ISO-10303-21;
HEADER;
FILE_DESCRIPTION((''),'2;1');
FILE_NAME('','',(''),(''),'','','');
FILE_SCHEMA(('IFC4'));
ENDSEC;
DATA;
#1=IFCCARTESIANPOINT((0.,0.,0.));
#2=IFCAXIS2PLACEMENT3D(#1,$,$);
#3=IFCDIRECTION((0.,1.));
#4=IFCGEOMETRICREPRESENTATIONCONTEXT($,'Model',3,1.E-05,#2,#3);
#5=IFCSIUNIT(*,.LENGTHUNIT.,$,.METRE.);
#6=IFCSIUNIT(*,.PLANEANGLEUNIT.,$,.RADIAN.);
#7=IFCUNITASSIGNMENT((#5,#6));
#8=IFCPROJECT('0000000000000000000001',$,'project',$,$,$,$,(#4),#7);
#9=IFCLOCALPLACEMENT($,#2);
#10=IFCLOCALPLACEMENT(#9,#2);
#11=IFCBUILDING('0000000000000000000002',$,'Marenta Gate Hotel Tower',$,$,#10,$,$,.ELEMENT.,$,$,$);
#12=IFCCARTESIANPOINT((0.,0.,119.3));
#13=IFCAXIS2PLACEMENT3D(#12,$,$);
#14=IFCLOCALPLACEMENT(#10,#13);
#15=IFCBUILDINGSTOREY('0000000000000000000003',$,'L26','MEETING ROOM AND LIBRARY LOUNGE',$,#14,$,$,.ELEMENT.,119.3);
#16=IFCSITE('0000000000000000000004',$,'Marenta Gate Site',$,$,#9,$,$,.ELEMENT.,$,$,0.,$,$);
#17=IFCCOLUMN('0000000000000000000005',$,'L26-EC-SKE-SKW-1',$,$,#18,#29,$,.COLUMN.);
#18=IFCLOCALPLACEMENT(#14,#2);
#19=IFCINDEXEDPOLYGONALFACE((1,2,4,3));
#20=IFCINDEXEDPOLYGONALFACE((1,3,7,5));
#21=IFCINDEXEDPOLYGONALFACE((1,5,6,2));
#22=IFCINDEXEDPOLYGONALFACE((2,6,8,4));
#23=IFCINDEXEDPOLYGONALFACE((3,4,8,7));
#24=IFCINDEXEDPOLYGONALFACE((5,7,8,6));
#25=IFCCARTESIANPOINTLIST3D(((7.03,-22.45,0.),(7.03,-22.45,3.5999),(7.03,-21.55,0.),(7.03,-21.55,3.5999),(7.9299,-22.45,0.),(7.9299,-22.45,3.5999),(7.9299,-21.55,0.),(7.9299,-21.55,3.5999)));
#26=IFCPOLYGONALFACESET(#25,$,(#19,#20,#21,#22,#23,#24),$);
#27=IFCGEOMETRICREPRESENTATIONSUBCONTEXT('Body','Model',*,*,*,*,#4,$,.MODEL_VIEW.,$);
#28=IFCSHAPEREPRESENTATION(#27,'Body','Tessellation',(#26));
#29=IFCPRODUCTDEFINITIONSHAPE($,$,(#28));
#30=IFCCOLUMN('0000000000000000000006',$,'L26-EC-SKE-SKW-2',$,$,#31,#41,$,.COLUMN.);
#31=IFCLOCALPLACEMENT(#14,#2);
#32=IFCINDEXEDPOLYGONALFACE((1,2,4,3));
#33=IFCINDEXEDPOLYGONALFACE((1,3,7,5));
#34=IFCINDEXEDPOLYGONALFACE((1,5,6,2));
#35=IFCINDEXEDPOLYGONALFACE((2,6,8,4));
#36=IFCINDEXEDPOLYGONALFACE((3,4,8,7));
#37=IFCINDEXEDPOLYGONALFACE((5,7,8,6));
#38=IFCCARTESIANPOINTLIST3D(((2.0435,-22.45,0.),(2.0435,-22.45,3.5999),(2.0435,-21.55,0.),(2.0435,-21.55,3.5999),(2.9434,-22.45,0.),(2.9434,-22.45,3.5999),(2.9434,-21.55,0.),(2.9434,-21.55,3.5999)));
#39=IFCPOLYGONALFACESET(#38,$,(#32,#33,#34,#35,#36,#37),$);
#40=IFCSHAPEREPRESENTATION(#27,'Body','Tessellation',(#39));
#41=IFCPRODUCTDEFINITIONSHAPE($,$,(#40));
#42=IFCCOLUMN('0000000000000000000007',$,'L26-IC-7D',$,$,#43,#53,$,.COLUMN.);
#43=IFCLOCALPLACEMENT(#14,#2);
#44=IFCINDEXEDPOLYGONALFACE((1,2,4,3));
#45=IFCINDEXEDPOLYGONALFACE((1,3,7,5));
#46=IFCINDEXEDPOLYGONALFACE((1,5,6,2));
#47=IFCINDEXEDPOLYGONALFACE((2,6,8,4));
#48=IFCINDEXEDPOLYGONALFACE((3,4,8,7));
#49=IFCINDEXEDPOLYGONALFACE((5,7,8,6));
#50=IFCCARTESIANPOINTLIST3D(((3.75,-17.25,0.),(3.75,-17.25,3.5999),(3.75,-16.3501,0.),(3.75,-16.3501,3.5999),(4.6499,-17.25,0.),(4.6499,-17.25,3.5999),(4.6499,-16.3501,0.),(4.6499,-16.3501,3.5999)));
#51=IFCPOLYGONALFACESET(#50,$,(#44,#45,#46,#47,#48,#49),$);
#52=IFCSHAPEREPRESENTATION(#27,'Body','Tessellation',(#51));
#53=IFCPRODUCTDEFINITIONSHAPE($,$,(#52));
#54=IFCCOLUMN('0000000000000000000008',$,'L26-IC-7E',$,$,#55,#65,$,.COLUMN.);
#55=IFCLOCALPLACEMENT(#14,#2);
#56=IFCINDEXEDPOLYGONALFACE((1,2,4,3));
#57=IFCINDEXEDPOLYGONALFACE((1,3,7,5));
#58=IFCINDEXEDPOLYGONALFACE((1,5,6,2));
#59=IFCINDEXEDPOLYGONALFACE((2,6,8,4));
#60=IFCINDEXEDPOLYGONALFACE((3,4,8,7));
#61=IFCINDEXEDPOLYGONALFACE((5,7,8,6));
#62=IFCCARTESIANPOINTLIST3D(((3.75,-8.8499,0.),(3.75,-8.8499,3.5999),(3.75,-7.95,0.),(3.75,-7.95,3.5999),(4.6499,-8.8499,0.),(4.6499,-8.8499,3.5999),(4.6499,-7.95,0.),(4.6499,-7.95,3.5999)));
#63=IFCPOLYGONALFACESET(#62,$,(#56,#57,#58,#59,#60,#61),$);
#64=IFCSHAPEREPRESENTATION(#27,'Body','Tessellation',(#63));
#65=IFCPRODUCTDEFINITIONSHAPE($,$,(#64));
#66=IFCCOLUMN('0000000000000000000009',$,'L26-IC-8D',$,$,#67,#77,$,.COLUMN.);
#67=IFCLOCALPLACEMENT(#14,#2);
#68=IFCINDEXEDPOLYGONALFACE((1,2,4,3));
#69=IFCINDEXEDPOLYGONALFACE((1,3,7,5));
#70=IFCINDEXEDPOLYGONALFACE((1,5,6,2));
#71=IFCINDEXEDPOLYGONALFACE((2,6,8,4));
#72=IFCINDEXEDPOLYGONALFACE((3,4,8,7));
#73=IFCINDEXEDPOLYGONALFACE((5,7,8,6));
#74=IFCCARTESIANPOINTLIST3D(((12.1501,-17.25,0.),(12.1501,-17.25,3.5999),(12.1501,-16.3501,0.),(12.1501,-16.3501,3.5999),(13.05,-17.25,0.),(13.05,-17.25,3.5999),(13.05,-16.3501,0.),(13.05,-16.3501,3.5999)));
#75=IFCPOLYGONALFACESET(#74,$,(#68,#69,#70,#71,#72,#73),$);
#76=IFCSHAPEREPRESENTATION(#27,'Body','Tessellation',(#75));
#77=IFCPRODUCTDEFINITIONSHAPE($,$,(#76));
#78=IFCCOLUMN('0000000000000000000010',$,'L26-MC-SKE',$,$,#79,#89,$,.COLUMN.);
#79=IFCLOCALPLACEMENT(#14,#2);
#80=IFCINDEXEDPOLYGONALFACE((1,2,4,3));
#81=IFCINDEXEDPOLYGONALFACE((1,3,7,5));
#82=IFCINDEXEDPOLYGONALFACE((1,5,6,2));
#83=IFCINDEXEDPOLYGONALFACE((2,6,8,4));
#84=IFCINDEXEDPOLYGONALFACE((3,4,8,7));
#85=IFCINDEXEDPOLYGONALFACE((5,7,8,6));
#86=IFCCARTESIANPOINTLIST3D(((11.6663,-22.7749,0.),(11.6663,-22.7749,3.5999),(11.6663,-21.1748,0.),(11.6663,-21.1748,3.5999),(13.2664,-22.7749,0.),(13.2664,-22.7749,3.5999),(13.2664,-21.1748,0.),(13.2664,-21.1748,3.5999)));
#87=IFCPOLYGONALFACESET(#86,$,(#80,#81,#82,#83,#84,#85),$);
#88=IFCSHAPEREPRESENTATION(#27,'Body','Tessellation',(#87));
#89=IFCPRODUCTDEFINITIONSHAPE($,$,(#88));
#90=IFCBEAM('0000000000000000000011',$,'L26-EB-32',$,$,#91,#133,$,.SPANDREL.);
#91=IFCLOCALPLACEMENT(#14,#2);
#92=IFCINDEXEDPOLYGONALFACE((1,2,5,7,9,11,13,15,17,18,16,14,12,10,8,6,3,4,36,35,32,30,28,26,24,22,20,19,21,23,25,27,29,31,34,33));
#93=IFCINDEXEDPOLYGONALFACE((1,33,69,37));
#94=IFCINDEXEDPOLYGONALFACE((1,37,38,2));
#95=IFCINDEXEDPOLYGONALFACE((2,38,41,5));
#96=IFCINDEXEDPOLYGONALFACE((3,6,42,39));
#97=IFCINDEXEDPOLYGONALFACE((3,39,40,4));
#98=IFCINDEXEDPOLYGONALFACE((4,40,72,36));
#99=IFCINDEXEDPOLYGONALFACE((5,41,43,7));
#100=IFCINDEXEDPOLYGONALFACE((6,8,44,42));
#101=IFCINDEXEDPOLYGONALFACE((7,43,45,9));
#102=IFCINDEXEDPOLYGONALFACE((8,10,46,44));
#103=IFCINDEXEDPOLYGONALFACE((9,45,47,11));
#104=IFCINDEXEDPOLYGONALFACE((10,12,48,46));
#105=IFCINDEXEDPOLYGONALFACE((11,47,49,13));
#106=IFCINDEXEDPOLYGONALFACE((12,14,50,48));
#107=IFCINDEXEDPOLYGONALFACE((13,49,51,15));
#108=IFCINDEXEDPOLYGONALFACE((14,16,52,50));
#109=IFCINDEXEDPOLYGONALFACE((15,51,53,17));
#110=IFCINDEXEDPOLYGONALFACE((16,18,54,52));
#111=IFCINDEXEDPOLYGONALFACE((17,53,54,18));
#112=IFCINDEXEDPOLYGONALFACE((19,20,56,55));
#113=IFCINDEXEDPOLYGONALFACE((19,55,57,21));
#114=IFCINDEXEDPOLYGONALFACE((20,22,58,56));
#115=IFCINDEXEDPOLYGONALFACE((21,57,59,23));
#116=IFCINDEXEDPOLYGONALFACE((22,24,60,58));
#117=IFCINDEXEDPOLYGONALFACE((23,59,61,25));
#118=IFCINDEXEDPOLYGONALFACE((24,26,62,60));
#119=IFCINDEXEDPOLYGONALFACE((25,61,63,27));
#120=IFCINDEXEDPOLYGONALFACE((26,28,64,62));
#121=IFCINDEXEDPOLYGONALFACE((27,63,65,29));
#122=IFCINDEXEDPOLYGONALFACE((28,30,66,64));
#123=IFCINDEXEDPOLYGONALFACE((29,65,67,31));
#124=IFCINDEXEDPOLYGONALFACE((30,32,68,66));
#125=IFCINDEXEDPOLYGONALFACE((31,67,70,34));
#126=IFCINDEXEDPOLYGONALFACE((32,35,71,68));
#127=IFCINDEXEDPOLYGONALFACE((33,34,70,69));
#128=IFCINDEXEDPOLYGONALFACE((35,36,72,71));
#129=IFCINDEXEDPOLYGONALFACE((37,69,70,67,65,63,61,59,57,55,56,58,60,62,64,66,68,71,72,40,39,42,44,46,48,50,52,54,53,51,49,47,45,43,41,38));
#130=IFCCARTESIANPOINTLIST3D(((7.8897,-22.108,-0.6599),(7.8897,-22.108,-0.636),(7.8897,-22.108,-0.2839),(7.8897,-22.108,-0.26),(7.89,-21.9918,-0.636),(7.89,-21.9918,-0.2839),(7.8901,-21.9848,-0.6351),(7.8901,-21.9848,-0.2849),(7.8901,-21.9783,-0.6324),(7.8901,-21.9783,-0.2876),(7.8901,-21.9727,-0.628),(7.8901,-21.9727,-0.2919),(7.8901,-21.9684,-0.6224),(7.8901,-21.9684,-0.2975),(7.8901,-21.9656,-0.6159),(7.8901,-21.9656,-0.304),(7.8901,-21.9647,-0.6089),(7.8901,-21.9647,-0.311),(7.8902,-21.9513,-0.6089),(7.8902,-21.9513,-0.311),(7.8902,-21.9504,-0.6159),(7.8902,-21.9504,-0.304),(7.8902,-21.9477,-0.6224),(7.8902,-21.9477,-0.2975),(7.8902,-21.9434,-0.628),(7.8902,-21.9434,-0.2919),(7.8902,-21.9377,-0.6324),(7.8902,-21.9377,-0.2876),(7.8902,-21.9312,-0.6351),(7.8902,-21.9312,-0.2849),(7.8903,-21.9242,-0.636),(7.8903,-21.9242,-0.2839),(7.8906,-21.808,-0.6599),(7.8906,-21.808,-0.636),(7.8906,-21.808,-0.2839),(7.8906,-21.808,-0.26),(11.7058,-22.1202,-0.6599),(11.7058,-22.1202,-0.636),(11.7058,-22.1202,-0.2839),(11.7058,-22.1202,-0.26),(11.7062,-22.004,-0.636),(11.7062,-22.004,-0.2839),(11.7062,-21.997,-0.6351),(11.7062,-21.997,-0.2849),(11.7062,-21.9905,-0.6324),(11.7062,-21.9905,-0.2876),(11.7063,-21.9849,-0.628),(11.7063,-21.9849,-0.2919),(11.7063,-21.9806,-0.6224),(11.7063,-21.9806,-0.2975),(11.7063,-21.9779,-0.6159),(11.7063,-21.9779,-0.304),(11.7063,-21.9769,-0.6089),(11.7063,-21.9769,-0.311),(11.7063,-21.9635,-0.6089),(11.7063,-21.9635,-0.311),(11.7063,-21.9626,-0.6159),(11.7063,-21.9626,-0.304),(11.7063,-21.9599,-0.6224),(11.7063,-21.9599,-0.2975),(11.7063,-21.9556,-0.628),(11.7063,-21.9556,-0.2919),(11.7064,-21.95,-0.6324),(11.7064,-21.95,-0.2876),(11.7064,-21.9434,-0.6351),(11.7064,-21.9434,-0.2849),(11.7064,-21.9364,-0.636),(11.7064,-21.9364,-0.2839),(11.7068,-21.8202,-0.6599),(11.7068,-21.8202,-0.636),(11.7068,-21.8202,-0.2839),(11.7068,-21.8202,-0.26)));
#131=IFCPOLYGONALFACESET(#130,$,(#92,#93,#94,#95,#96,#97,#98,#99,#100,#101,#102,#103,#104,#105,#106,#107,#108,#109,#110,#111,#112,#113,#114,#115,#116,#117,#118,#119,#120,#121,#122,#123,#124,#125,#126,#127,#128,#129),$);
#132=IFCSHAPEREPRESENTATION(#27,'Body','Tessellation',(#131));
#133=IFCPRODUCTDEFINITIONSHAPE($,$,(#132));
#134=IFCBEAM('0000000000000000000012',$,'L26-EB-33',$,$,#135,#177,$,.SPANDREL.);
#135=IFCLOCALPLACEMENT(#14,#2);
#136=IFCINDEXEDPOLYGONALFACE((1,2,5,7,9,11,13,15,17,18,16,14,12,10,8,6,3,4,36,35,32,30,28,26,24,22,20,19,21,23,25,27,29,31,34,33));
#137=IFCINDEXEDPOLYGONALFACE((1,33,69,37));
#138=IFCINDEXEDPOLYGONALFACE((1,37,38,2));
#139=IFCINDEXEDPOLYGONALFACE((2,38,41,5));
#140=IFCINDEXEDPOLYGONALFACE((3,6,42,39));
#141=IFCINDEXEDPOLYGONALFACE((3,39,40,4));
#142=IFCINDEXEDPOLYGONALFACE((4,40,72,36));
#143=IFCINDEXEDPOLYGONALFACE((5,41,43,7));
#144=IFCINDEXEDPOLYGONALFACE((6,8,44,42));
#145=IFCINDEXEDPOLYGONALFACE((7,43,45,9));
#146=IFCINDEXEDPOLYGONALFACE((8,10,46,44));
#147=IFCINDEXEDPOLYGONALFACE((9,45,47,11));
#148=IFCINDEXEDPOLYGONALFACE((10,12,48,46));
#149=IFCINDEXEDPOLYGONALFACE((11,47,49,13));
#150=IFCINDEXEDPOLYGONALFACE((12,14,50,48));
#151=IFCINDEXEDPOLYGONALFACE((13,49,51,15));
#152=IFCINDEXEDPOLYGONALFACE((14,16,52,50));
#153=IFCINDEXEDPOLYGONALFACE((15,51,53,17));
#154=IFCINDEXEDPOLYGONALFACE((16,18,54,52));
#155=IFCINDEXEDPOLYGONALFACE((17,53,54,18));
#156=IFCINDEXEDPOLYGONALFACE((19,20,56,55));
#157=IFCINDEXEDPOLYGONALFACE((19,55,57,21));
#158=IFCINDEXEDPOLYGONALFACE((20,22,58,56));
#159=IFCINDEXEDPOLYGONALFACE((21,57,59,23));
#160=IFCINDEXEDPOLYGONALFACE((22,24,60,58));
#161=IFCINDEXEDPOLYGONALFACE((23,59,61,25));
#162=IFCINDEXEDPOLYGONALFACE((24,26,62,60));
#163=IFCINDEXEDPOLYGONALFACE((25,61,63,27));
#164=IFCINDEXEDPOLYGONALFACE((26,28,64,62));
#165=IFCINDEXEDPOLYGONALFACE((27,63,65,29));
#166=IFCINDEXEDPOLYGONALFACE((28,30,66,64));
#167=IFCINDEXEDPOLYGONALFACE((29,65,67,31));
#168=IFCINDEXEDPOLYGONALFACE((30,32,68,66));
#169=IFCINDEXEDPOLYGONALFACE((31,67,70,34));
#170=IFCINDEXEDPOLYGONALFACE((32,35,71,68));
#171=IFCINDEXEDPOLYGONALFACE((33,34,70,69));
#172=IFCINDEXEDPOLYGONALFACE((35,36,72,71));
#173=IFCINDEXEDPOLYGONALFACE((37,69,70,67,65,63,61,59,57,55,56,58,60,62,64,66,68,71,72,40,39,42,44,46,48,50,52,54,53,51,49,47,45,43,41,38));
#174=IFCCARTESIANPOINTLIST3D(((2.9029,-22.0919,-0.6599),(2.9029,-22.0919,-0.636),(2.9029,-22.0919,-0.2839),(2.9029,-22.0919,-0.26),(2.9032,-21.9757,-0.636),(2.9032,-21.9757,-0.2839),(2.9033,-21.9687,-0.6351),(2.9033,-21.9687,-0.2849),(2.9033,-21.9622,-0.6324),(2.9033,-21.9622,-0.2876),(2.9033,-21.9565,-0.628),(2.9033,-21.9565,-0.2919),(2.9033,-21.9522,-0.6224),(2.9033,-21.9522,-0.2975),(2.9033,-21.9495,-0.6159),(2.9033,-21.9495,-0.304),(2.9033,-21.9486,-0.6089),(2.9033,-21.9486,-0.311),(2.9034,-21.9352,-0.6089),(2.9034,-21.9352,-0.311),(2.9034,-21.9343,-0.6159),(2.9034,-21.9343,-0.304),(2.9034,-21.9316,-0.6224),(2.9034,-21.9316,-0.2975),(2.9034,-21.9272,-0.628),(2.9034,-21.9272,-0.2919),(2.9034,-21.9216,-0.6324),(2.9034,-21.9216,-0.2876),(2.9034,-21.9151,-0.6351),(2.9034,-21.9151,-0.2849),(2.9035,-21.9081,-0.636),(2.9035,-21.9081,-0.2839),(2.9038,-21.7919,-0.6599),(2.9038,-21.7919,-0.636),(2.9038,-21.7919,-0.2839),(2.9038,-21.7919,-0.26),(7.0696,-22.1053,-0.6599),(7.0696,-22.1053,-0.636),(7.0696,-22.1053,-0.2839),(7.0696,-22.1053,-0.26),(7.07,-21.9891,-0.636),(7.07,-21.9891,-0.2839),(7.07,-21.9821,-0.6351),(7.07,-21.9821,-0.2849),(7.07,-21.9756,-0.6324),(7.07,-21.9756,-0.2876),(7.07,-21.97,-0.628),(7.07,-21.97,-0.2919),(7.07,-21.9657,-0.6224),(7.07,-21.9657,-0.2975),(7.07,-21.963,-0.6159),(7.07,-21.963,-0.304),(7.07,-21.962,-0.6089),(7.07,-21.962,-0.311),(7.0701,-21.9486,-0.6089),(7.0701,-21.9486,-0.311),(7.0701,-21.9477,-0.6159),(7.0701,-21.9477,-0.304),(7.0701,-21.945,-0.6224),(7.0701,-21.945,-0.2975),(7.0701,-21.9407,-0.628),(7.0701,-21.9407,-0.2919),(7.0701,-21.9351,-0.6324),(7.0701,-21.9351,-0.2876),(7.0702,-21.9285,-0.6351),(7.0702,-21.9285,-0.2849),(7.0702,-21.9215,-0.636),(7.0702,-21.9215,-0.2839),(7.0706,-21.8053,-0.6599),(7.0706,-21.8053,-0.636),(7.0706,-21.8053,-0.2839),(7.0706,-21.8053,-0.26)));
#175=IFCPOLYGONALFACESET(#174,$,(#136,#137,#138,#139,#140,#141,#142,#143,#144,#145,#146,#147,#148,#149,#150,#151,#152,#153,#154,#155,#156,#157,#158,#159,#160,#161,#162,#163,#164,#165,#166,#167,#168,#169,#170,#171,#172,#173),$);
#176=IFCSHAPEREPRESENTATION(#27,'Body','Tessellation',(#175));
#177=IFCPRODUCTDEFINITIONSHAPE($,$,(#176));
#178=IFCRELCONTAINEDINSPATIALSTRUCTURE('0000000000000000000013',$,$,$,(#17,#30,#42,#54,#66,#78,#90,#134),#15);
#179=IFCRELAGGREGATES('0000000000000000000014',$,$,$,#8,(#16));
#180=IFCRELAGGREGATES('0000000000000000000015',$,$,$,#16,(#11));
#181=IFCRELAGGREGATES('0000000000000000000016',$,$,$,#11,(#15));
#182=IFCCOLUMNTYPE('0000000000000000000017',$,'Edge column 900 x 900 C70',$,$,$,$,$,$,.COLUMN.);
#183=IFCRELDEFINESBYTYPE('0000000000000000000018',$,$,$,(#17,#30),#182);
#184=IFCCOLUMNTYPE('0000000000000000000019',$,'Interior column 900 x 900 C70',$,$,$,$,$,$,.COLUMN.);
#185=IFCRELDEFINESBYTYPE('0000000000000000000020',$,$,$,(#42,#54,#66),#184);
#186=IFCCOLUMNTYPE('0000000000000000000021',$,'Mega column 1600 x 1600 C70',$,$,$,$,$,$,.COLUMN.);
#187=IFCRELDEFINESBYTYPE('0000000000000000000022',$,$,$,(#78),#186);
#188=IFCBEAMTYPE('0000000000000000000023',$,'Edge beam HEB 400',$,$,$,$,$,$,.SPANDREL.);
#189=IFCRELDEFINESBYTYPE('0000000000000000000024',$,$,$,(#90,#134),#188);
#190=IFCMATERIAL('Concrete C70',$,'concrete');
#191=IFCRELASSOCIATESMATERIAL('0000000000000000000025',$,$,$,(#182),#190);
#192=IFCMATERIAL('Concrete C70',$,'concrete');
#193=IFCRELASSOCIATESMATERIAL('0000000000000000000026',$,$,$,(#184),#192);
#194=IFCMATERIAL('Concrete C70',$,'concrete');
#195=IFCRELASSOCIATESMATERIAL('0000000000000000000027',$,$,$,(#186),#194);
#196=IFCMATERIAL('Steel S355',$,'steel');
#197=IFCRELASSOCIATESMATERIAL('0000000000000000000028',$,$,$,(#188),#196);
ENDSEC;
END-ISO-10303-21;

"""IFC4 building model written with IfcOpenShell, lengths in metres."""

from ifc_helpers import new_model, si_unit, direction, frame, origin, origin_2d, place, context, subcontext, project, spatial, rectangle, i_section, extrude, material, material_profile, profile_set, type_object, element, save


model = new_model("IFC4")

# Units and contexts
model_context = context("Model", 3, precision=1e-05, world=origin(), true_north=direction((0.0, 1.0)))
body_context = subcontext(model_context, "Body", "Model", "MODEL_VIEW")
ifc_project = project(units=[si_unit("LENGTHUNIT", "METRE"), si_unit("PLANEANGLEUNIT", "RADIAN")], contexts=[model_context])

# Site, building, storey
site_placement = place(None, origin())
site = spatial("IfcSite", under=ifc_project, at=site_placement, Name="Marenta Gate Site", CompositionType="ELEMENT", RefElevation=0.0)
building_placement = place(site_placement, origin())
building = spatial("IfcBuilding", under=site, at=building_placement, Name="Marenta Gate Hotel Tower", CompositionType="ELEMENT")
storey_placement = place(building_placement, frame((0.0, 0.0, 119.3)))
storey = spatial("IfcBuildingStorey", under=building, at=storey_placement, Name="L26", Description="MEETING ROOM AND LIBRARY LOUNGE", CompositionType="ELEMENT", Elevation=119.3)

# Columns
ifc_material_1 = material(Name="Concrete C70", Category="concrete")
ifc_material_profile_1 = material_profile(ifc_material_1, rectangle(XDim=0.8999, YDim=0.8999, at=origin_2d()), Name="900 x 900")
ifc_profile_set_1 = profile_set([ifc_material_profile_1], Name="Concrete C70")
column_type_1 = type_object("IfcColumnType", Name="Edge column 900 x 900 C70", PredefinedType="COLUMN", material=ifc_profile_set_1)
for number, where, z_axis, x_axis, name in (
    (1, (7.48, -22.0, 0.0), (0.0, 0.0, 1.0), (1.0, 0.0, 0.0), "L26-EC-SKE-SKW-1"),
    (2, (2.4934, -22.0, 0.0), (0.0, 0.0, 1.0), (1.0, 0.0, 0.0), "L26-EC-SKE-SKW-2"),
):
    element("IfcColumn", number, at=place(storey_placement, frame(where, z_axis=z_axis, x_axis=x_axis)), inside=storey, type_object=column_type_1, Name=name, PredefinedType="COLUMN", context=body_context, shape_type="SweptSolid", body=[
        extrude(rectangle(XDim=0.8999, YDim=0.8999, at=origin_2d()), origin(), (0.0, 0.0, 1.0), 3.5999),
    ])
ifc_material_2 = material(Name="Concrete C70", Category="concrete")
ifc_material_profile_2 = material_profile(ifc_material_2, rectangle(XDim=0.8999, YDim=0.8999, at=origin_2d()), Name="900 x 900")
ifc_profile_set_2 = profile_set([ifc_material_profile_2], Name="Concrete C70")
column_type_2 = type_object("IfcColumnType", Name="Interior column 900 x 900 C70", PredefinedType="COLUMN", material=ifc_profile_set_2)
for number, where, z_axis, x_axis, name in (
    (3, (4.2, -16.8, 0.0), (0.0, 0.0, 1.0), (1.0, 0.0, 0.0), "L26-IC-7D"),
    (4, (4.2, -8.3999, 0.0), (0.0, 0.0, 1.0), (1.0, 0.0, 0.0), "L26-IC-7E"),
    (5, (12.6001, -16.8, 0.0), (0.0, 0.0, 1.0), (1.0, 0.0, 0.0), "L26-IC-8D"),
):
    element("IfcColumn", number, at=place(storey_placement, frame(where, z_axis=z_axis, x_axis=x_axis)), inside=storey, type_object=column_type_2, Name=name, PredefinedType="COLUMN", context=body_context, shape_type="SweptSolid", body=[
        extrude(rectangle(XDim=0.8999, YDim=0.8999, at=origin_2d()), origin(), (0.0, 0.0, 1.0), 3.5999),
    ])
ifc_material_3 = material(Name="Concrete C70", Category="concrete")
ifc_material_profile_3 = material_profile(ifc_material_3, rectangle(XDim=1.6001, YDim=1.6001, at=origin_2d()), Name="1600 x 1600")
ifc_profile_set_3 = profile_set([ifc_material_profile_3], Name="Concrete C70")
column_type_3 = type_object("IfcColumnType", Name="Mega column 1600 x 1600 C70", PredefinedType="COLUMN", material=ifc_profile_set_3)
column_placement = place(storey_placement, frame((12.4663, -21.9749, 0.0), z_axis=(0.0, 0.0, 1.0), x_axis=(1.0, 0.0, 0.0)))
element("IfcColumn", 6, at=column_placement, inside=storey, type_object=column_type_3, Name="L26-MC-SKE", PredefinedType="COLUMN", context=body_context, shape_type="SweptSolid", body=[
    extrude(rectangle(XDim=1.6001, YDim=1.6001, at=origin_2d()), origin(), (0.0, 0.0, 1.0), 3.5999),
])

# Beams
ifc_material_4 = material(Name="Steel S355", Category="steel")
ifc_material_profile_4 = material_profile(ifc_material_4, i_section(OverallWidth=0.3, OverallDepth=0.3999, WebThickness=0.0134, FlangeThickness=0.0239, FilletRadius=0.0271, at=origin_2d()), Name="HEB 400")
ifc_profile_set_4 = profile_set([ifc_material_profile_4], Name="Steel S355")
beam_type_1 = type_object("IfcBeamType", Name="Edge beam HEB 400", PredefinedType="SPANDREL", material=ifc_profile_set_4)
beam_1_placement = place(storey_placement, frame((11.7063, -21.9702, -0.46), z_axis=(-0.999995, 0.003199, 0.0), x_axis=(-0.003199, -0.999995, 0.0)))
element("IfcBeam", 7, at=beam_1_placement, inside=storey, type_object=beam_type_1, Name="L26-EB-32", PredefinedType="SPANDREL", context=body_context, shape_type="SweptSolid", body=[
    extrude(i_section(OverallWidth=0.3, OverallDepth=0.3999, WebThickness=0.0134, FlangeThickness=0.0239, FilletRadius=0.0271, at=origin_2d()), origin(), (0.0, 0.0, 1.0), 3.8162),
])
beam_2_placement = place(storey_placement, frame((7.0701, -21.9553, -0.46), z_axis=(-0.999995, 0.003223, 0.0), x_axis=(-0.003223, -0.999995, 0.0)))
element("IfcBeam", 8, at=beam_2_placement, inside=storey, type_object=beam_type_1, Name="L26-EB-33", PredefinedType="SPANDREL", context=body_context, shape_type="SweptSolid", body=[
    extrude(i_section(OverallWidth=0.3, OverallDepth=0.3999, WebThickness=0.0134, FlangeThickness=0.0239, FilletRadius=0.0271, at=origin_2d()), origin(), (0.0, 0.0, 1.0), 4.1667),
])

save(model, "model.ifc")
